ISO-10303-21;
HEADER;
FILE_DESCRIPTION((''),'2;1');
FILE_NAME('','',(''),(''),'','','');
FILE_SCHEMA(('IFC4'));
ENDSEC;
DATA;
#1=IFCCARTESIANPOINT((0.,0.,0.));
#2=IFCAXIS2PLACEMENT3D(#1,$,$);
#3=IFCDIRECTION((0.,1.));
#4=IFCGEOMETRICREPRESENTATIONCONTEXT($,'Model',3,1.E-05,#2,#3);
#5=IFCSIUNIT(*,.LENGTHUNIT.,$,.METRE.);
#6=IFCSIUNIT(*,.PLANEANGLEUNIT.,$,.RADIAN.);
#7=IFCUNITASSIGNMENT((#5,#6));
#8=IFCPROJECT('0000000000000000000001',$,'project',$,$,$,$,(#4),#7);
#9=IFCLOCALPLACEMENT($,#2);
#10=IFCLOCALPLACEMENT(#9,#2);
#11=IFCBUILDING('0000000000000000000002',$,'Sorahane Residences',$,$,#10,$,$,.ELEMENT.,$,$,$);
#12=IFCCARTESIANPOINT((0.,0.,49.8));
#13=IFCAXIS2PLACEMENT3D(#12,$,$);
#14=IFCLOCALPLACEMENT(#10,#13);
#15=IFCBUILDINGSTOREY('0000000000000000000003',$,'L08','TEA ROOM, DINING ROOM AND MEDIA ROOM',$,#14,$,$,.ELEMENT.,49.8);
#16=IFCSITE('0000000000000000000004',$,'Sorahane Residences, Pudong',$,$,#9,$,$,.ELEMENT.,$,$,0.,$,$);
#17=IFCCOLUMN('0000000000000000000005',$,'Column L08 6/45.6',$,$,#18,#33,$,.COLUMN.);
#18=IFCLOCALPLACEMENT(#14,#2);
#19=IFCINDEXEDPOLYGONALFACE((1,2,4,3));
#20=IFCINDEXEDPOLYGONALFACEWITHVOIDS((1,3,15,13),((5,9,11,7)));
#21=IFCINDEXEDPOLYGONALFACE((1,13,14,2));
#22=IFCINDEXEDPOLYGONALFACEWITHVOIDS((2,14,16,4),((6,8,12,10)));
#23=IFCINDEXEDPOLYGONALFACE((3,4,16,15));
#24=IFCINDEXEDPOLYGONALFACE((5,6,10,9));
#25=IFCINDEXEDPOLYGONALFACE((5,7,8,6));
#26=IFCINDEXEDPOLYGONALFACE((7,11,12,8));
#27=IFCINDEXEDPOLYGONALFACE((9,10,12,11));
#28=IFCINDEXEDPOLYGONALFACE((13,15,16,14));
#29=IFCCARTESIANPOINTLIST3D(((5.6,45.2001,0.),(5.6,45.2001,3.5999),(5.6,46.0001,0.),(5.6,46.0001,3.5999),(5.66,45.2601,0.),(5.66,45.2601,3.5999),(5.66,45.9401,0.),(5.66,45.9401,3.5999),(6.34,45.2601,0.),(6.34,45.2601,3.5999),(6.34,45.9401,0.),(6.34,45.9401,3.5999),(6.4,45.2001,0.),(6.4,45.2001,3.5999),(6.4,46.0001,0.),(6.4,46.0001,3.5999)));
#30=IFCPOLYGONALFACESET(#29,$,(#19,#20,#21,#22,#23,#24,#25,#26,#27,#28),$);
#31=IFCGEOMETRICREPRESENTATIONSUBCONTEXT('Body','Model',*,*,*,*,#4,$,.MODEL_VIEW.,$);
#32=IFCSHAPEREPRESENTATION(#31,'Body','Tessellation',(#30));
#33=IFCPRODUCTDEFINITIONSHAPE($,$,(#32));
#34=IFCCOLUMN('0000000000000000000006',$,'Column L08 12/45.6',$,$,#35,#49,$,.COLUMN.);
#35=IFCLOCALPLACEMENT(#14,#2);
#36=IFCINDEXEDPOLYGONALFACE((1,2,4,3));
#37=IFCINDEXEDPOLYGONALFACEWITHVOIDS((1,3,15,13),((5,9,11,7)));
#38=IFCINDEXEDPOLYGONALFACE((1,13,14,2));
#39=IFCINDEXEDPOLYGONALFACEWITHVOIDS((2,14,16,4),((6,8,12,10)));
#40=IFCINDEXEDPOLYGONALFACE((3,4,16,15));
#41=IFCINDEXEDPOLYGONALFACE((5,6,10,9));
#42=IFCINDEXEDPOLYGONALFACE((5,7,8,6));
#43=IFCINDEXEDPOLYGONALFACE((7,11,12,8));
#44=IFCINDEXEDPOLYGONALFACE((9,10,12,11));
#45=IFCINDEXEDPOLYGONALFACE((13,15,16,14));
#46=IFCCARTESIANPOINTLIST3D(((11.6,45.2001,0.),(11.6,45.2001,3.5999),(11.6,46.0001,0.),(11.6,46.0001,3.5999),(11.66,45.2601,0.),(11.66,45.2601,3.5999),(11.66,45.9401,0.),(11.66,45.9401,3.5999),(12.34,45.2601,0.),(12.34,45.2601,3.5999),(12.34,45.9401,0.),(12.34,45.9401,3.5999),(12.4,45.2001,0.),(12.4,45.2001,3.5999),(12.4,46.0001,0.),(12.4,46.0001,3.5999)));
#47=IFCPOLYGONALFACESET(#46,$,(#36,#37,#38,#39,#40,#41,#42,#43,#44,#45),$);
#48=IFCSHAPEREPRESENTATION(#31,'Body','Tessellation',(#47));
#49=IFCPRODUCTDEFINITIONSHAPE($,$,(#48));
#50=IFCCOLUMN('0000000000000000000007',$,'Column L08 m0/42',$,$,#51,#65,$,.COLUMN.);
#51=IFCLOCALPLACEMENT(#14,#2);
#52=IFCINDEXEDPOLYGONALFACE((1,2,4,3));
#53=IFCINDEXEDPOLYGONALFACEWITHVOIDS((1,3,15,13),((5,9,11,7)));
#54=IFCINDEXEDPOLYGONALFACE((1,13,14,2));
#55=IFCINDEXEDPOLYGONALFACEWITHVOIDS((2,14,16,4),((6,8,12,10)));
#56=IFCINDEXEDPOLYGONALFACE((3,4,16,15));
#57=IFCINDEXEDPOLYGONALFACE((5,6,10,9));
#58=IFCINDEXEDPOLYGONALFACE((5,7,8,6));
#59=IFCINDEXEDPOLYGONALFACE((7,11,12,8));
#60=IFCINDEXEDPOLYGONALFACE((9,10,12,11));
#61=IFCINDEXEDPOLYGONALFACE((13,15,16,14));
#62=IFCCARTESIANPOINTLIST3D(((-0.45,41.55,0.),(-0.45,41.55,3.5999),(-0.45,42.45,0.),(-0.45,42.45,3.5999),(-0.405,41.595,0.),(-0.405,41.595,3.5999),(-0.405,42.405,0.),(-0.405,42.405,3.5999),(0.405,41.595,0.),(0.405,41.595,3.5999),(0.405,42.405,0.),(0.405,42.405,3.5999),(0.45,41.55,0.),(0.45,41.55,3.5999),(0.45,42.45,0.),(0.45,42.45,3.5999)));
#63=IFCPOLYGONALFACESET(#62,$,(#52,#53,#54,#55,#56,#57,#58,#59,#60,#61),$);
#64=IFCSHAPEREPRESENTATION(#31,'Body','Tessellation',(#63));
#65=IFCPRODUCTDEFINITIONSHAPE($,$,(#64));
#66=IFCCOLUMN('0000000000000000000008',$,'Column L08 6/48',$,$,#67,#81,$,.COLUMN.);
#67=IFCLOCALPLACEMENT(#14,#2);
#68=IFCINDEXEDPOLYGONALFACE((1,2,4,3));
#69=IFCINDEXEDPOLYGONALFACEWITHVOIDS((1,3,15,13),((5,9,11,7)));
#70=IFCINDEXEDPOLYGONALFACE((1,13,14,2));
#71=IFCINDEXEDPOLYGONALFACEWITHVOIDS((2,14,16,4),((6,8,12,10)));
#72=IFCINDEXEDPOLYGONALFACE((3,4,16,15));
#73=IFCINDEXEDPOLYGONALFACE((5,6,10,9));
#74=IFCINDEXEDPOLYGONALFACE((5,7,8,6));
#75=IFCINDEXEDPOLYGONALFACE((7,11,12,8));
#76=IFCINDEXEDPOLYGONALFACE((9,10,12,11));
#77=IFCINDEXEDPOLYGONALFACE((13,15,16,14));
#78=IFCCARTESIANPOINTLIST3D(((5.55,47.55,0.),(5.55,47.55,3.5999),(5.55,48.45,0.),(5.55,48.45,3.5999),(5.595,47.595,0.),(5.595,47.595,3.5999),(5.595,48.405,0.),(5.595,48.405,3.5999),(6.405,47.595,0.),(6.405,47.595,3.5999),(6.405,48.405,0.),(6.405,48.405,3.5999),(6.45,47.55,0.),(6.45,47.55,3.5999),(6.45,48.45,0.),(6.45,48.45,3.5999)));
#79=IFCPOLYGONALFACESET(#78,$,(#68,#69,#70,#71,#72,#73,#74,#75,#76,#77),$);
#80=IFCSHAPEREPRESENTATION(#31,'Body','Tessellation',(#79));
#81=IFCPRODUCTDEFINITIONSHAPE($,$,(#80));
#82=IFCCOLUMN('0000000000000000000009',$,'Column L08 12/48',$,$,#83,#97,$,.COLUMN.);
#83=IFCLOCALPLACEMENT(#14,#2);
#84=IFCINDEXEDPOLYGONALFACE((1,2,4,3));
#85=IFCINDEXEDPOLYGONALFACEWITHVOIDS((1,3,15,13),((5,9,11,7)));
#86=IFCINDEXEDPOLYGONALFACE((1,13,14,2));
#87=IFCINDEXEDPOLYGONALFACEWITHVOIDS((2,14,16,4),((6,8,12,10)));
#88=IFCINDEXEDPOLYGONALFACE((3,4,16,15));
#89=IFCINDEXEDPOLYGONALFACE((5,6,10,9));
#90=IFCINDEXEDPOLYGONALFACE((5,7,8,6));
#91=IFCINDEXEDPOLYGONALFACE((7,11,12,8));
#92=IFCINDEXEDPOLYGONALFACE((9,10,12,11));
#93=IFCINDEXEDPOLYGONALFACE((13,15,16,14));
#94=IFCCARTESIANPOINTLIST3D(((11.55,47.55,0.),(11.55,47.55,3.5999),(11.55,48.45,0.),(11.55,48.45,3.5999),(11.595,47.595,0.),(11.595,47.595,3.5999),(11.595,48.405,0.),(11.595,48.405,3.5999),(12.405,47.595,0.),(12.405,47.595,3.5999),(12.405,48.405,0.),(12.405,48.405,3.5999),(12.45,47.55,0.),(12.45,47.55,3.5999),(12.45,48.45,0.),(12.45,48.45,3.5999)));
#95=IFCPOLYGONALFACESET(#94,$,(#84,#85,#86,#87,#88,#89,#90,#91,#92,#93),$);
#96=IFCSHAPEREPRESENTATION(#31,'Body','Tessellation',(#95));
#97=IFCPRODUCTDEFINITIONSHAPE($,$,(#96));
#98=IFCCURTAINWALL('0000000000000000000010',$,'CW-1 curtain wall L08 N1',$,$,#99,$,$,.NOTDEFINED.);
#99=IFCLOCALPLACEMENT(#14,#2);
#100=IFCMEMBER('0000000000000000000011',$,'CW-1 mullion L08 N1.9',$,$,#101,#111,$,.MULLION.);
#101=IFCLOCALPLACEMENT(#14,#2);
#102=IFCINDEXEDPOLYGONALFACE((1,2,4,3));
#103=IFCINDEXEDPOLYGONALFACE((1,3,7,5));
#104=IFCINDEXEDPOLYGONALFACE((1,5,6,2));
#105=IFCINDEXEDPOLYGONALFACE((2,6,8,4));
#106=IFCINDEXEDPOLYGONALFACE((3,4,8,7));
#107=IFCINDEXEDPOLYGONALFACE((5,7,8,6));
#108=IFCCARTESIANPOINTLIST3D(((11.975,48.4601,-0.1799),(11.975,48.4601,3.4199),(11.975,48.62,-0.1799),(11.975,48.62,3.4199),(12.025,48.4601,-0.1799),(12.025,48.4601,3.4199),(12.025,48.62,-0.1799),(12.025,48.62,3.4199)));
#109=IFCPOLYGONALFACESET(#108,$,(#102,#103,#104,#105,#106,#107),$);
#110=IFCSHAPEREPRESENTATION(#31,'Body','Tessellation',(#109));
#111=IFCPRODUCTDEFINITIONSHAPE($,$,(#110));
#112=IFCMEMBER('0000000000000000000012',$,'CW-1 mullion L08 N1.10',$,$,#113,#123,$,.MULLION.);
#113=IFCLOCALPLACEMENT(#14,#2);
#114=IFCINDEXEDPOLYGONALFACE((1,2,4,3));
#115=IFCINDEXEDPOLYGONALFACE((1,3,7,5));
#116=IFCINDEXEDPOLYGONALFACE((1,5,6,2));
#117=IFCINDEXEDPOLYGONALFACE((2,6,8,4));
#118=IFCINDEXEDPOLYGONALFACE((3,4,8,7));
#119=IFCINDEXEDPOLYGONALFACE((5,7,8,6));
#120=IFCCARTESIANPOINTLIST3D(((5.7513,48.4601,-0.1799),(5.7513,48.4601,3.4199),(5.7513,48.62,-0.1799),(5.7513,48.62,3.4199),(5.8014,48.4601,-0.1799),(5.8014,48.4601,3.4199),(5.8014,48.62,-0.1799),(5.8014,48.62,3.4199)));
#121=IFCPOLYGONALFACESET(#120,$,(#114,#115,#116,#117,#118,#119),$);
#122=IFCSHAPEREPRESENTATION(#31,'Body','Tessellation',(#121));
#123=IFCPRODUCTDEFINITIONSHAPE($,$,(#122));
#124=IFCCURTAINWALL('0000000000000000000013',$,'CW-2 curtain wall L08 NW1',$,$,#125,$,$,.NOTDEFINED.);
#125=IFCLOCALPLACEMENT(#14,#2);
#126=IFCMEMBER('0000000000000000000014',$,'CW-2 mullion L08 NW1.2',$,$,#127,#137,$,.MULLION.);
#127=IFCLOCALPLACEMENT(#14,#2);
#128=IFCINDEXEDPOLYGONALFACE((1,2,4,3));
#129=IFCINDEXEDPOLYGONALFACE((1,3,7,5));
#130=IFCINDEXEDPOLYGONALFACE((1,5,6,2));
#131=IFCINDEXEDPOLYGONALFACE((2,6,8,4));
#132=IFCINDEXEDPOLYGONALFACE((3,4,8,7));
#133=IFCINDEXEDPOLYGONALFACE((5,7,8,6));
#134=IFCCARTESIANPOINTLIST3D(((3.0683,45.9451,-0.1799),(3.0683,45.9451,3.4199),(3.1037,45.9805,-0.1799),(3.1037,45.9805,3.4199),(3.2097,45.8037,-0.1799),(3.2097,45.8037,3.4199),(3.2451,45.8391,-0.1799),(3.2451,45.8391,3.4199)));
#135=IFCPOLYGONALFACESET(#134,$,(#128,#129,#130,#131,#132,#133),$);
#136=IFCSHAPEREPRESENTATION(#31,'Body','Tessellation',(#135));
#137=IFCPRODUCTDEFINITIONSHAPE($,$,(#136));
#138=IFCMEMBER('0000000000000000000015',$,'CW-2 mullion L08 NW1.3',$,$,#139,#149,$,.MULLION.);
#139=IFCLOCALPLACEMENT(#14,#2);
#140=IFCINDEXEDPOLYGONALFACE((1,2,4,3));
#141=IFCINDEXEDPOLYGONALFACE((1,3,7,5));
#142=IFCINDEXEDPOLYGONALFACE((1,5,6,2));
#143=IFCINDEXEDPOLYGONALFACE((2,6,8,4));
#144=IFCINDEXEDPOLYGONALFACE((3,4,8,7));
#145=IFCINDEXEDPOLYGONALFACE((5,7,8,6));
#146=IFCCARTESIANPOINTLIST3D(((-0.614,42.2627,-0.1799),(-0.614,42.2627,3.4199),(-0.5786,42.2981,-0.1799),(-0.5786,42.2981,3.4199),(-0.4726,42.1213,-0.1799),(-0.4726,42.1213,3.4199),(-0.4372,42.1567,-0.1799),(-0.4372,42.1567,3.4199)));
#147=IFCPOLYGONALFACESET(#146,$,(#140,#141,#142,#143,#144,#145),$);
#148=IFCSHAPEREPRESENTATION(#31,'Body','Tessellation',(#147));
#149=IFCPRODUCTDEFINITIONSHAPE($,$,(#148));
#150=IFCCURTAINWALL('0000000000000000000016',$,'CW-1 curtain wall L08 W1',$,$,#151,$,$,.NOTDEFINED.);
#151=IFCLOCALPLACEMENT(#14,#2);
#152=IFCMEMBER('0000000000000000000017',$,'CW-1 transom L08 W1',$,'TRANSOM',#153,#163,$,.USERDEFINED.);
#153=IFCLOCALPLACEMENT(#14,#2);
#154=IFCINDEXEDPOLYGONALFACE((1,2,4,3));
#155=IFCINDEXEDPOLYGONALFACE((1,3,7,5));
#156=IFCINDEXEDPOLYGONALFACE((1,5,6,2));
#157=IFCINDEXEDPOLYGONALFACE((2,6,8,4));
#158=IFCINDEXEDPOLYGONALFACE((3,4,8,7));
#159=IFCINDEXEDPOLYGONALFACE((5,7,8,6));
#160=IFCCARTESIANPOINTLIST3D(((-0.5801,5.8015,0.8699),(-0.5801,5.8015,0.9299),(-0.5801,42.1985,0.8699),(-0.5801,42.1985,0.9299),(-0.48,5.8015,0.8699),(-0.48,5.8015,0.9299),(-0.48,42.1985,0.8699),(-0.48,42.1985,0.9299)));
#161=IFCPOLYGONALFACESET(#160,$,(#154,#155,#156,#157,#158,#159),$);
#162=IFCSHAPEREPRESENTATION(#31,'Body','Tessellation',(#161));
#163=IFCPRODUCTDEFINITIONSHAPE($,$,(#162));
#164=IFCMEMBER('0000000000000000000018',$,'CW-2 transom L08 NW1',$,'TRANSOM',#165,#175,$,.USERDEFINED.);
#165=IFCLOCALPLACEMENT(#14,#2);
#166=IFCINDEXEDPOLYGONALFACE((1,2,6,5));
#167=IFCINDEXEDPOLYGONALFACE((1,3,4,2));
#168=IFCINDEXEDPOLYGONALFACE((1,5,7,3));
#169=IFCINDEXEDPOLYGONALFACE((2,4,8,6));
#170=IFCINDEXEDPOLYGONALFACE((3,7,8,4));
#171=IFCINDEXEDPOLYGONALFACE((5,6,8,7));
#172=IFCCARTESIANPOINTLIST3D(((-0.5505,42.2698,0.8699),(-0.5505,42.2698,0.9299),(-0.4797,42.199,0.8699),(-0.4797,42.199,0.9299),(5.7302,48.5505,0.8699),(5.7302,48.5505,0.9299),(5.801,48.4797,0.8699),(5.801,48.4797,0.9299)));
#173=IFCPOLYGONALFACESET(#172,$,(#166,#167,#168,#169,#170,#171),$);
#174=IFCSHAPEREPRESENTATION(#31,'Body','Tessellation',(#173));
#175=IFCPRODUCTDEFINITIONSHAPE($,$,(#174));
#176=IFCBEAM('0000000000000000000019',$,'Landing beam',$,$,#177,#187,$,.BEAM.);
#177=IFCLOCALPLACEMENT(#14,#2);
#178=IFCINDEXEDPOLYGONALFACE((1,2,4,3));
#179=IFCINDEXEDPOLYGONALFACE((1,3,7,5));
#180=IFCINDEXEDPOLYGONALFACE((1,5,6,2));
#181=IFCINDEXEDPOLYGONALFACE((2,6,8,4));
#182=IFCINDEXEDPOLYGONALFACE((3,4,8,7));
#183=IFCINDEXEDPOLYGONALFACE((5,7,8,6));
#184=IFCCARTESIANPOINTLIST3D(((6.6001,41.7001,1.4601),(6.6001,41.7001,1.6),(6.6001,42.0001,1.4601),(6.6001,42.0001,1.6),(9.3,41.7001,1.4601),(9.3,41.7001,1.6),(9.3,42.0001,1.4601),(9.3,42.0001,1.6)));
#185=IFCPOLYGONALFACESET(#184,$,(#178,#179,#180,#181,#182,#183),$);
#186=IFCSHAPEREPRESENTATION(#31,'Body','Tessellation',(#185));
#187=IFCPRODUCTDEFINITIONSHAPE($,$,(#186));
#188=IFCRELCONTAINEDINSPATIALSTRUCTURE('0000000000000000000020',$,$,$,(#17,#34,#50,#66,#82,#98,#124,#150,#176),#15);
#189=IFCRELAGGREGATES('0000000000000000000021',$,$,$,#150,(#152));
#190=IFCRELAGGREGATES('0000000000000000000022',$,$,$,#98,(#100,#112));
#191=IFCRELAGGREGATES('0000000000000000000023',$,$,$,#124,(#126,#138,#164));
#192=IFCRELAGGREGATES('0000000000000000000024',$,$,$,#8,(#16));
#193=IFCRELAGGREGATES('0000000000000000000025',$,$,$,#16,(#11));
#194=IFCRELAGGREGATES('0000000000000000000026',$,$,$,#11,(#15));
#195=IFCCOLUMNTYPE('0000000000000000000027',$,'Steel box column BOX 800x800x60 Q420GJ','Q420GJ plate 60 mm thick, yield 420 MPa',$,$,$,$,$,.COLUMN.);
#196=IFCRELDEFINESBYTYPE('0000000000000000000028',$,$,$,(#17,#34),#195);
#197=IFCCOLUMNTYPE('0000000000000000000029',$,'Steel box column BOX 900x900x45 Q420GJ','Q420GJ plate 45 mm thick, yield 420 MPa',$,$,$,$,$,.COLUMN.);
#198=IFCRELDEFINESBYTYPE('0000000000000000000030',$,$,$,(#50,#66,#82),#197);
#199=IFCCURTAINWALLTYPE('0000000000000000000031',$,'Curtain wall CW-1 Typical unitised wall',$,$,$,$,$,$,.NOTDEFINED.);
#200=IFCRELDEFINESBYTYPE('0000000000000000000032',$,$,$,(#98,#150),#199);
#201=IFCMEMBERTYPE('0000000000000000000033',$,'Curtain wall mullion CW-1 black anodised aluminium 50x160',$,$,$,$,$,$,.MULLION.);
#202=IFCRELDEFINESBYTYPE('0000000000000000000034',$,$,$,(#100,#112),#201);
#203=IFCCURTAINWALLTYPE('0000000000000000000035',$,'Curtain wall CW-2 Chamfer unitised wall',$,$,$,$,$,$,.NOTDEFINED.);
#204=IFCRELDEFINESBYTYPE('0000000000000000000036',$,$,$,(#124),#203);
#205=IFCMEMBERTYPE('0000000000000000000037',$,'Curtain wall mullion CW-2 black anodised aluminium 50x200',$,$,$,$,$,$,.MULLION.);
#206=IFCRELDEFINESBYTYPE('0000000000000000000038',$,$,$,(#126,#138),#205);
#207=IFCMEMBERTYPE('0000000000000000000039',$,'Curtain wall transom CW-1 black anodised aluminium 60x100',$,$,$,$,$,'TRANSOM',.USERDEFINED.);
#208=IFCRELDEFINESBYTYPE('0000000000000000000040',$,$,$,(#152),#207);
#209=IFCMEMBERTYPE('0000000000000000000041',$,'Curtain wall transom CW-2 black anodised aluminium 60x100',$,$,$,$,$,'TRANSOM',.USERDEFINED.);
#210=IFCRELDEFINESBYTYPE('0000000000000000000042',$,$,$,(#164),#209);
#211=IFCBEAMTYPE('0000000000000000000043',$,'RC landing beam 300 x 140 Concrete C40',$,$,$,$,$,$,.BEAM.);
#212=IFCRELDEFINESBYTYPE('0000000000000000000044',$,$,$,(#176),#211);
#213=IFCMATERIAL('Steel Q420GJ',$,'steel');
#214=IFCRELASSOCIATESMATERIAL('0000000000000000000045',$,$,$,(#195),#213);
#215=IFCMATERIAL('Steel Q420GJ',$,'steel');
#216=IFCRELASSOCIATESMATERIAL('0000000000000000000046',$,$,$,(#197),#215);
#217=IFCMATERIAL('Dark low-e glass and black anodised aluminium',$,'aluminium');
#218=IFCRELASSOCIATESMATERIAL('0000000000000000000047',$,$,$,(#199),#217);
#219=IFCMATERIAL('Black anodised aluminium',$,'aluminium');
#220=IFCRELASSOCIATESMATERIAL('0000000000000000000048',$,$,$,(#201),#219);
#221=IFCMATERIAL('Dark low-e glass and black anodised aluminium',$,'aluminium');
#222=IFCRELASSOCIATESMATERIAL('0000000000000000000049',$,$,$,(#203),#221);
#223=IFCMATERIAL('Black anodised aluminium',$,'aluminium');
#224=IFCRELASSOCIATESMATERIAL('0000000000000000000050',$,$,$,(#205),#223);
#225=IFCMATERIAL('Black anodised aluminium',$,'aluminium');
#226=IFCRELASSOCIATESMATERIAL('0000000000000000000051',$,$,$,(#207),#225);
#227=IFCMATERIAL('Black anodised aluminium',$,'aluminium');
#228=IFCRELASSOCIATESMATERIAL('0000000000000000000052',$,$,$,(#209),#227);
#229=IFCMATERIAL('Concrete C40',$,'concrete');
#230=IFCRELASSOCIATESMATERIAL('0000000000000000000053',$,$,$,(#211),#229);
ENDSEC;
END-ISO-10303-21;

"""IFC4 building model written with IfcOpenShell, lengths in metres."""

from ifc_helpers import new_model, si_unit, direction, frame, origin, origin_2d, place, context, subcontext, project, spatial, rectangle, hollow_rectangle, extrude, material, material_profile, profile_set, type_object, element, aggregate, save


model = new_model("IFC4")

# Units and contexts
model_context = context("Model", 3, precision=1e-05, world=origin(), true_north=direction((0.0, 1.0)))
body_context = subcontext(model_context, "Body", "Model", "MODEL_VIEW")
ifc_project = project(units=[si_unit("LENGTHUNIT", "METRE"), si_unit("PLANEANGLEUNIT", "RADIAN")], contexts=[model_context])

# Site, building, storey
site_placement = place(None, origin())
site = spatial("IfcSite", under=ifc_project, at=site_placement, Name="Sorahane Residences, Pudong", CompositionType="ELEMENT", RefElevation=0.0)
building_placement = place(site_placement, origin())
building = spatial("IfcBuilding", under=site, at=building_placement, Name="Sorahane Residences", CompositionType="ELEMENT")
storey_placement = place(building_placement, frame((0.0, 0.0, 49.8)))
storey = spatial("IfcBuildingStorey", under=building, at=storey_placement, Name="L08", Description="TEA ROOM, DINING ROOM AND MEDIA ROOM", CompositionType="ELEMENT", Elevation=49.8)

# Columns
ifc_material_1 = material(Name="Steel Q420GJ", Category="steel")
ifc_material_profile_1 = material_profile(ifc_material_1, hollow_rectangle(XDim=0.8, YDim=0.8, WallThickness=0.0601, at=origin_2d()), Name="BOX 800x800x60")
ifc_profile_set_1 = profile_set([ifc_material_profile_1], Name="Steel Q420GJ")
column_type_1 = type_object("IfcColumnType", Name="Steel box column BOX 800x800x60 Q420GJ", Description="Q420GJ plate 60 mm thick, yield 420 MPa", PredefinedType="COLUMN", material=ifc_profile_set_1)
for number, where, z_axis, x_axis, name in (
    (1, (6.0, 45.6001, 0.0), (0.0, 0.0, 1.0), (1.0, 0.0, 0.0), "Column L08 6/45.6"),
    (2, (12.0, 45.6001, 0.0), (0.0, 0.0, 1.0), (1.0, 0.0, 0.0), "Column L08 12/45.6"),
):
    element("IfcColumn", number, at=place(storey_placement, frame(where, z_axis=z_axis, x_axis=x_axis)), inside=storey, type_object=column_type_1, Name=name, PredefinedType="COLUMN", context=body_context, shape_type="SweptSolid", body=[
        extrude(hollow_rectangle(XDim=0.8, YDim=0.8, WallThickness=0.0601, at=origin_2d()), origin(), (0.0, 0.0, 1.0), 3.5999),
    ])
ifc_material_2 = material(Name="Steel Q420GJ", Category="steel")
ifc_material_profile_2 = material_profile(ifc_material_2, hollow_rectangle(XDim=0.8999, YDim=0.8999, WallThickness=0.0449, at=origin_2d()), Name="BOX 900x900x45")
ifc_profile_set_2 = profile_set([ifc_material_profile_2], Name="Steel Q420GJ")
column_type_2 = type_object("IfcColumnType", Name="Steel box column BOX 900x900x45 Q420GJ", Description="Q420GJ plate 45 mm thick, yield 420 MPa", PredefinedType="COLUMN", material=ifc_profile_set_2)
for number, where, z_axis, x_axis, name in (
    (3, (0.0, 42.0, 0.0), (0.0, 0.0, 1.0), (1.0, 0.0, 0.0), "Column L08 m0/42"),
    (4, (6.0, 48.0, 0.0), (0.0, 0.0, 1.0), (1.0, 0.0, 0.0), "Column L08 6/48"),
    (5, (12.0, 48.0, 0.0), (0.0, 0.0, 1.0), (1.0, 0.0, 0.0), "Column L08 12/48"),
):
    element("IfcColumn", number, at=place(storey_placement, frame(where, z_axis=z_axis, x_axis=x_axis)), inside=storey, type_object=column_type_2, Name=name, PredefinedType="COLUMN", context=body_context, shape_type="SweptSolid", body=[
        extrude(hollow_rectangle(XDim=0.8999, YDim=0.8999, WallThickness=0.0449, at=origin_2d()), origin(), (0.0, 0.0, 1.0), 3.5999),
    ])

# Curtain walls, members
ifc_material_3 = material(Name="Dark low-e glass and black anodised aluminium", Category="aluminium")
curtain_wall_type_1 = type_object("IfcCurtainWallType", Name="Curtain wall CW-1 Typical unitised wall", PredefinedType="NOTDEFINED", material=ifc_material_3)
curtain_wall_1_placement = place(storey_placement, origin())
curtain_wall_1 = element("IfcCurtainWall", 6, at=curtain_wall_1_placement, inside=storey, type_object=curtain_wall_type_1, Name="CW-1 curtain wall L08 N1", PredefinedType="NOTDEFINED")
ifc_material_4 = material(Name="Black anodised aluminium", Category="aluminium")
ifc_material_profile_3 = material_profile(ifc_material_4, rectangle(XDim=0.1599, YDim=0.05, at=origin_2d()), Name="Curtain wall mullion CW-1 black anodised aluminium 50x160")
ifc_profile_set_3 = profile_set([ifc_material_profile_3], Name="Black anodised aluminium")
member_type_1 = type_object("IfcMemberType", Name="Curtain wall mullion CW-1 black anodised aluminium 50x160", PredefinedType="MULLION", material=ifc_profile_set_3)
member_1_placement = place(storey_placement, frame((12.0, 48.54, -0.1799), z_axis=(0.0, 0.0, 1.0), x_axis=(0.0, 1.0, 0.0)))
member_1 = element("IfcMember", 7, at=member_1_placement, type_object=member_type_1, Name="CW-1 mullion L08 N1.9", PredefinedType="MULLION", context=body_context, shape_type="SweptSolid", body=[
    extrude(rectangle(XDim=0.1599, YDim=0.05, at=origin_2d()), origin(), (0.0, 0.0, 1.0), 3.5999),
])
member_2_placement = place(storey_placement, frame((5.7764, 48.54, -0.1799), z_axis=(0.0, 0.0, 1.0), x_axis=(0.0, 1.0, 0.0)))
member_2 = element("IfcMember", 8, at=member_2_placement, type_object=member_type_1, Name="CW-1 mullion L08 N1.10", PredefinedType="MULLION", context=body_context, shape_type="SweptSolid", body=[
    extrude(rectangle(XDim=0.1599, YDim=0.05, at=origin_2d()), origin(), (0.0, 0.0, 1.0), 3.5999),
])
ifc_material_5 = material(Name="Dark low-e glass and black anodised aluminium", Category="aluminium")
curtain_wall_type_2 = type_object("IfcCurtainWallType", Name="Curtain wall CW-2 Chamfer unitised wall", PredefinedType="NOTDEFINED", material=ifc_material_5)
curtain_wall_2_placement = place(storey_placement, origin())
curtain_wall_2 = element("IfcCurtainWall", 9, at=curtain_wall_2_placement, inside=storey, type_object=curtain_wall_type_2, Name="CW-2 curtain wall L08 NW1", PredefinedType="NOTDEFINED")
ifc_material_6 = material(Name="Black anodised aluminium", Category="aluminium")
ifc_material_profile_4 = material_profile(ifc_material_6, rectangle(XDim=0.2, YDim=0.05, at=origin_2d()), Name="Curtain wall mullion CW-2 black anodised aluminium 50x200")
ifc_profile_set_4 = profile_set([ifc_material_profile_4], Name="Black anodised aluminium")
member_type_2 = type_object("IfcMemberType", Name="Curtain wall mullion CW-2 black anodised aluminium 50x200", PredefinedType="MULLION", material=ifc_profile_set_4)
member_3_placement = place(storey_placement, frame((3.1567, 45.8921, -0.1799), z_axis=(0.0, 0.0, 1.0), x_axis=(-0.707107, 0.707107, 0.0)))
member_3 = element("IfcMember", 10, at=member_3_placement, type_object=member_type_2, Name="CW-2 mullion L08 NW1.2", PredefinedType="MULLION", context=body_context, shape_type="SweptSolid", body=[
    extrude(rectangle(XDim=0.2, YDim=0.05, at=origin_2d()), origin(), (0.0, 0.0, 1.0), 3.5999),
])
member_4_placement = place(storey_placement, frame((-0.5256, 42.2097, -0.1799), z_axis=(0.0, 0.0, 1.0), x_axis=(-0.707107, 0.707107, 0.0)))
member_4 = element("IfcMember", 11, at=member_4_placement, type_object=member_type_2, Name="CW-2 mullion L08 NW1.3", PredefinedType="MULLION", context=body_context, shape_type="SweptSolid", body=[
    extrude(rectangle(XDim=0.2, YDim=0.05, at=origin_2d()), origin(), (0.0, 0.0, 1.0), 3.5999),
])

# Curtain wall, member
curtain_wall_3_placement = place(storey_placement, origin())
curtain_wall_3 = element("IfcCurtainWall", 12, at=curtain_wall_3_placement, inside=storey, type_object=curtain_wall_type_1, Name="CW-1 curtain wall L08 W1", PredefinedType="NOTDEFINED")
ifc_material_7 = material(Name="Black anodised aluminium", Category="aluminium")
ifc_material_profile_5 = material_profile(ifc_material_7, rectangle(XDim=0.1001, YDim=0.0601, at=origin_2d()), Name="Curtain wall transom CW-1 black anodised aluminium 60x100")
ifc_profile_set_5 = profile_set([ifc_material_profile_5], Name="Black anodised aluminium")
member_type_3 = type_object("IfcMemberType", Name="Curtain wall transom CW-1 black anodised aluminium 60x100", ElementType="TRANSOM", PredefinedType="USERDEFINED", material=ifc_profile_set_5)
member_5_placement = place(storey_placement, frame((-0.53, 42.1985, 0.8999), z_axis=(0.0, -1.0, 0.0), x_axis=(1.0, 0.0, 0.0)))
member_5 = element("IfcMember", 13, at=member_5_placement, type_object=member_type_3, Name="CW-1 transom L08 W1", ObjectType="TRANSOM", PredefinedType="USERDEFINED", context=body_context, shape_type="SweptSolid", body=[
    extrude(rectangle(XDim=0.1001, YDim=0.0601, at=origin_2d()), origin(), (0.0, 0.0, 1.0), 36.397),
])
aggregate(curtain_wall_3, [member_5])

# Member
ifc_material_8 = material(Name="Black anodised aluminium", Category="aluminium")
ifc_material_profile_6 = material_profile(ifc_material_8, rectangle(XDim=0.1001, YDim=0.0601, at=origin_2d()), Name="Curtain wall transom CW-2 black anodised aluminium 60x100")
ifc_profile_set_6 = profile_set([ifc_material_profile_6], Name="Black anodised aluminium")
member_type_4 = type_object("IfcMemberType", Name="Curtain wall transom CW-2 black anodised aluminium 60x100", ElementType="TRANSOM", PredefinedType="USERDEFINED", material=ifc_profile_set_6)
member_6_placement = place(storey_placement, frame((5.7656, 48.5151, 0.8999), z_axis=(-0.707107, -0.707107, 0.0), x_axis=(0.707107, -0.707107, 0.0)))
member_6 = element("IfcMember", 14, at=member_6_placement, type_object=member_type_4, Name="CW-2 transom L08 NW1", ObjectType="TRANSOM", PredefinedType="USERDEFINED", context=body_context, shape_type="SweptSolid", body=[
    extrude(rectangle(XDim=0.1001, YDim=0.0601, at=origin_2d()), origin(), (0.0, 0.0, 1.0), 8.8823),
])

# Beam
ifc_material_9 = material(Name="Concrete C40", Category="concrete")
ifc_material_profile_7 = material_profile(ifc_material_9, rectangle(XDim=0.3, YDim=0.1399, at=origin_2d()), Name="300x140")
ifc_profile_set_7 = profile_set([ifc_material_profile_7], Name="Concrete C40")
beam_type_1 = type_object("IfcBeamType", Name="RC landing beam 300 x 140 Concrete C40", PredefinedType="BEAM", material=ifc_profile_set_7)
for number, where, z_axis, x_axis, name in (
    (15, (6.6001, 41.8501, 1.53), (1.0, 0.0, 0.0), (0.0, 1.0, 0.0), "Landing beam"),
):
    element("IfcBeam", number, at=place(storey_placement, frame(where, z_axis=z_axis, x_axis=x_axis)), inside=storey, type_object=beam_type_1, Name=name, PredefinedType="BEAM", context=body_context, shape_type="SweptSolid", body=[
        extrude(rectangle(XDim=0.3, YDim=0.1399, at=origin_2d()), origin(), (0.0, 0.0, 1.0), 2.7),
    ])

aggregate(curtain_wall_1, [member_1, member_2])
aggregate(curtain_wall_2, [member_3, member_4, member_6])

save(model, "model.ifc")
